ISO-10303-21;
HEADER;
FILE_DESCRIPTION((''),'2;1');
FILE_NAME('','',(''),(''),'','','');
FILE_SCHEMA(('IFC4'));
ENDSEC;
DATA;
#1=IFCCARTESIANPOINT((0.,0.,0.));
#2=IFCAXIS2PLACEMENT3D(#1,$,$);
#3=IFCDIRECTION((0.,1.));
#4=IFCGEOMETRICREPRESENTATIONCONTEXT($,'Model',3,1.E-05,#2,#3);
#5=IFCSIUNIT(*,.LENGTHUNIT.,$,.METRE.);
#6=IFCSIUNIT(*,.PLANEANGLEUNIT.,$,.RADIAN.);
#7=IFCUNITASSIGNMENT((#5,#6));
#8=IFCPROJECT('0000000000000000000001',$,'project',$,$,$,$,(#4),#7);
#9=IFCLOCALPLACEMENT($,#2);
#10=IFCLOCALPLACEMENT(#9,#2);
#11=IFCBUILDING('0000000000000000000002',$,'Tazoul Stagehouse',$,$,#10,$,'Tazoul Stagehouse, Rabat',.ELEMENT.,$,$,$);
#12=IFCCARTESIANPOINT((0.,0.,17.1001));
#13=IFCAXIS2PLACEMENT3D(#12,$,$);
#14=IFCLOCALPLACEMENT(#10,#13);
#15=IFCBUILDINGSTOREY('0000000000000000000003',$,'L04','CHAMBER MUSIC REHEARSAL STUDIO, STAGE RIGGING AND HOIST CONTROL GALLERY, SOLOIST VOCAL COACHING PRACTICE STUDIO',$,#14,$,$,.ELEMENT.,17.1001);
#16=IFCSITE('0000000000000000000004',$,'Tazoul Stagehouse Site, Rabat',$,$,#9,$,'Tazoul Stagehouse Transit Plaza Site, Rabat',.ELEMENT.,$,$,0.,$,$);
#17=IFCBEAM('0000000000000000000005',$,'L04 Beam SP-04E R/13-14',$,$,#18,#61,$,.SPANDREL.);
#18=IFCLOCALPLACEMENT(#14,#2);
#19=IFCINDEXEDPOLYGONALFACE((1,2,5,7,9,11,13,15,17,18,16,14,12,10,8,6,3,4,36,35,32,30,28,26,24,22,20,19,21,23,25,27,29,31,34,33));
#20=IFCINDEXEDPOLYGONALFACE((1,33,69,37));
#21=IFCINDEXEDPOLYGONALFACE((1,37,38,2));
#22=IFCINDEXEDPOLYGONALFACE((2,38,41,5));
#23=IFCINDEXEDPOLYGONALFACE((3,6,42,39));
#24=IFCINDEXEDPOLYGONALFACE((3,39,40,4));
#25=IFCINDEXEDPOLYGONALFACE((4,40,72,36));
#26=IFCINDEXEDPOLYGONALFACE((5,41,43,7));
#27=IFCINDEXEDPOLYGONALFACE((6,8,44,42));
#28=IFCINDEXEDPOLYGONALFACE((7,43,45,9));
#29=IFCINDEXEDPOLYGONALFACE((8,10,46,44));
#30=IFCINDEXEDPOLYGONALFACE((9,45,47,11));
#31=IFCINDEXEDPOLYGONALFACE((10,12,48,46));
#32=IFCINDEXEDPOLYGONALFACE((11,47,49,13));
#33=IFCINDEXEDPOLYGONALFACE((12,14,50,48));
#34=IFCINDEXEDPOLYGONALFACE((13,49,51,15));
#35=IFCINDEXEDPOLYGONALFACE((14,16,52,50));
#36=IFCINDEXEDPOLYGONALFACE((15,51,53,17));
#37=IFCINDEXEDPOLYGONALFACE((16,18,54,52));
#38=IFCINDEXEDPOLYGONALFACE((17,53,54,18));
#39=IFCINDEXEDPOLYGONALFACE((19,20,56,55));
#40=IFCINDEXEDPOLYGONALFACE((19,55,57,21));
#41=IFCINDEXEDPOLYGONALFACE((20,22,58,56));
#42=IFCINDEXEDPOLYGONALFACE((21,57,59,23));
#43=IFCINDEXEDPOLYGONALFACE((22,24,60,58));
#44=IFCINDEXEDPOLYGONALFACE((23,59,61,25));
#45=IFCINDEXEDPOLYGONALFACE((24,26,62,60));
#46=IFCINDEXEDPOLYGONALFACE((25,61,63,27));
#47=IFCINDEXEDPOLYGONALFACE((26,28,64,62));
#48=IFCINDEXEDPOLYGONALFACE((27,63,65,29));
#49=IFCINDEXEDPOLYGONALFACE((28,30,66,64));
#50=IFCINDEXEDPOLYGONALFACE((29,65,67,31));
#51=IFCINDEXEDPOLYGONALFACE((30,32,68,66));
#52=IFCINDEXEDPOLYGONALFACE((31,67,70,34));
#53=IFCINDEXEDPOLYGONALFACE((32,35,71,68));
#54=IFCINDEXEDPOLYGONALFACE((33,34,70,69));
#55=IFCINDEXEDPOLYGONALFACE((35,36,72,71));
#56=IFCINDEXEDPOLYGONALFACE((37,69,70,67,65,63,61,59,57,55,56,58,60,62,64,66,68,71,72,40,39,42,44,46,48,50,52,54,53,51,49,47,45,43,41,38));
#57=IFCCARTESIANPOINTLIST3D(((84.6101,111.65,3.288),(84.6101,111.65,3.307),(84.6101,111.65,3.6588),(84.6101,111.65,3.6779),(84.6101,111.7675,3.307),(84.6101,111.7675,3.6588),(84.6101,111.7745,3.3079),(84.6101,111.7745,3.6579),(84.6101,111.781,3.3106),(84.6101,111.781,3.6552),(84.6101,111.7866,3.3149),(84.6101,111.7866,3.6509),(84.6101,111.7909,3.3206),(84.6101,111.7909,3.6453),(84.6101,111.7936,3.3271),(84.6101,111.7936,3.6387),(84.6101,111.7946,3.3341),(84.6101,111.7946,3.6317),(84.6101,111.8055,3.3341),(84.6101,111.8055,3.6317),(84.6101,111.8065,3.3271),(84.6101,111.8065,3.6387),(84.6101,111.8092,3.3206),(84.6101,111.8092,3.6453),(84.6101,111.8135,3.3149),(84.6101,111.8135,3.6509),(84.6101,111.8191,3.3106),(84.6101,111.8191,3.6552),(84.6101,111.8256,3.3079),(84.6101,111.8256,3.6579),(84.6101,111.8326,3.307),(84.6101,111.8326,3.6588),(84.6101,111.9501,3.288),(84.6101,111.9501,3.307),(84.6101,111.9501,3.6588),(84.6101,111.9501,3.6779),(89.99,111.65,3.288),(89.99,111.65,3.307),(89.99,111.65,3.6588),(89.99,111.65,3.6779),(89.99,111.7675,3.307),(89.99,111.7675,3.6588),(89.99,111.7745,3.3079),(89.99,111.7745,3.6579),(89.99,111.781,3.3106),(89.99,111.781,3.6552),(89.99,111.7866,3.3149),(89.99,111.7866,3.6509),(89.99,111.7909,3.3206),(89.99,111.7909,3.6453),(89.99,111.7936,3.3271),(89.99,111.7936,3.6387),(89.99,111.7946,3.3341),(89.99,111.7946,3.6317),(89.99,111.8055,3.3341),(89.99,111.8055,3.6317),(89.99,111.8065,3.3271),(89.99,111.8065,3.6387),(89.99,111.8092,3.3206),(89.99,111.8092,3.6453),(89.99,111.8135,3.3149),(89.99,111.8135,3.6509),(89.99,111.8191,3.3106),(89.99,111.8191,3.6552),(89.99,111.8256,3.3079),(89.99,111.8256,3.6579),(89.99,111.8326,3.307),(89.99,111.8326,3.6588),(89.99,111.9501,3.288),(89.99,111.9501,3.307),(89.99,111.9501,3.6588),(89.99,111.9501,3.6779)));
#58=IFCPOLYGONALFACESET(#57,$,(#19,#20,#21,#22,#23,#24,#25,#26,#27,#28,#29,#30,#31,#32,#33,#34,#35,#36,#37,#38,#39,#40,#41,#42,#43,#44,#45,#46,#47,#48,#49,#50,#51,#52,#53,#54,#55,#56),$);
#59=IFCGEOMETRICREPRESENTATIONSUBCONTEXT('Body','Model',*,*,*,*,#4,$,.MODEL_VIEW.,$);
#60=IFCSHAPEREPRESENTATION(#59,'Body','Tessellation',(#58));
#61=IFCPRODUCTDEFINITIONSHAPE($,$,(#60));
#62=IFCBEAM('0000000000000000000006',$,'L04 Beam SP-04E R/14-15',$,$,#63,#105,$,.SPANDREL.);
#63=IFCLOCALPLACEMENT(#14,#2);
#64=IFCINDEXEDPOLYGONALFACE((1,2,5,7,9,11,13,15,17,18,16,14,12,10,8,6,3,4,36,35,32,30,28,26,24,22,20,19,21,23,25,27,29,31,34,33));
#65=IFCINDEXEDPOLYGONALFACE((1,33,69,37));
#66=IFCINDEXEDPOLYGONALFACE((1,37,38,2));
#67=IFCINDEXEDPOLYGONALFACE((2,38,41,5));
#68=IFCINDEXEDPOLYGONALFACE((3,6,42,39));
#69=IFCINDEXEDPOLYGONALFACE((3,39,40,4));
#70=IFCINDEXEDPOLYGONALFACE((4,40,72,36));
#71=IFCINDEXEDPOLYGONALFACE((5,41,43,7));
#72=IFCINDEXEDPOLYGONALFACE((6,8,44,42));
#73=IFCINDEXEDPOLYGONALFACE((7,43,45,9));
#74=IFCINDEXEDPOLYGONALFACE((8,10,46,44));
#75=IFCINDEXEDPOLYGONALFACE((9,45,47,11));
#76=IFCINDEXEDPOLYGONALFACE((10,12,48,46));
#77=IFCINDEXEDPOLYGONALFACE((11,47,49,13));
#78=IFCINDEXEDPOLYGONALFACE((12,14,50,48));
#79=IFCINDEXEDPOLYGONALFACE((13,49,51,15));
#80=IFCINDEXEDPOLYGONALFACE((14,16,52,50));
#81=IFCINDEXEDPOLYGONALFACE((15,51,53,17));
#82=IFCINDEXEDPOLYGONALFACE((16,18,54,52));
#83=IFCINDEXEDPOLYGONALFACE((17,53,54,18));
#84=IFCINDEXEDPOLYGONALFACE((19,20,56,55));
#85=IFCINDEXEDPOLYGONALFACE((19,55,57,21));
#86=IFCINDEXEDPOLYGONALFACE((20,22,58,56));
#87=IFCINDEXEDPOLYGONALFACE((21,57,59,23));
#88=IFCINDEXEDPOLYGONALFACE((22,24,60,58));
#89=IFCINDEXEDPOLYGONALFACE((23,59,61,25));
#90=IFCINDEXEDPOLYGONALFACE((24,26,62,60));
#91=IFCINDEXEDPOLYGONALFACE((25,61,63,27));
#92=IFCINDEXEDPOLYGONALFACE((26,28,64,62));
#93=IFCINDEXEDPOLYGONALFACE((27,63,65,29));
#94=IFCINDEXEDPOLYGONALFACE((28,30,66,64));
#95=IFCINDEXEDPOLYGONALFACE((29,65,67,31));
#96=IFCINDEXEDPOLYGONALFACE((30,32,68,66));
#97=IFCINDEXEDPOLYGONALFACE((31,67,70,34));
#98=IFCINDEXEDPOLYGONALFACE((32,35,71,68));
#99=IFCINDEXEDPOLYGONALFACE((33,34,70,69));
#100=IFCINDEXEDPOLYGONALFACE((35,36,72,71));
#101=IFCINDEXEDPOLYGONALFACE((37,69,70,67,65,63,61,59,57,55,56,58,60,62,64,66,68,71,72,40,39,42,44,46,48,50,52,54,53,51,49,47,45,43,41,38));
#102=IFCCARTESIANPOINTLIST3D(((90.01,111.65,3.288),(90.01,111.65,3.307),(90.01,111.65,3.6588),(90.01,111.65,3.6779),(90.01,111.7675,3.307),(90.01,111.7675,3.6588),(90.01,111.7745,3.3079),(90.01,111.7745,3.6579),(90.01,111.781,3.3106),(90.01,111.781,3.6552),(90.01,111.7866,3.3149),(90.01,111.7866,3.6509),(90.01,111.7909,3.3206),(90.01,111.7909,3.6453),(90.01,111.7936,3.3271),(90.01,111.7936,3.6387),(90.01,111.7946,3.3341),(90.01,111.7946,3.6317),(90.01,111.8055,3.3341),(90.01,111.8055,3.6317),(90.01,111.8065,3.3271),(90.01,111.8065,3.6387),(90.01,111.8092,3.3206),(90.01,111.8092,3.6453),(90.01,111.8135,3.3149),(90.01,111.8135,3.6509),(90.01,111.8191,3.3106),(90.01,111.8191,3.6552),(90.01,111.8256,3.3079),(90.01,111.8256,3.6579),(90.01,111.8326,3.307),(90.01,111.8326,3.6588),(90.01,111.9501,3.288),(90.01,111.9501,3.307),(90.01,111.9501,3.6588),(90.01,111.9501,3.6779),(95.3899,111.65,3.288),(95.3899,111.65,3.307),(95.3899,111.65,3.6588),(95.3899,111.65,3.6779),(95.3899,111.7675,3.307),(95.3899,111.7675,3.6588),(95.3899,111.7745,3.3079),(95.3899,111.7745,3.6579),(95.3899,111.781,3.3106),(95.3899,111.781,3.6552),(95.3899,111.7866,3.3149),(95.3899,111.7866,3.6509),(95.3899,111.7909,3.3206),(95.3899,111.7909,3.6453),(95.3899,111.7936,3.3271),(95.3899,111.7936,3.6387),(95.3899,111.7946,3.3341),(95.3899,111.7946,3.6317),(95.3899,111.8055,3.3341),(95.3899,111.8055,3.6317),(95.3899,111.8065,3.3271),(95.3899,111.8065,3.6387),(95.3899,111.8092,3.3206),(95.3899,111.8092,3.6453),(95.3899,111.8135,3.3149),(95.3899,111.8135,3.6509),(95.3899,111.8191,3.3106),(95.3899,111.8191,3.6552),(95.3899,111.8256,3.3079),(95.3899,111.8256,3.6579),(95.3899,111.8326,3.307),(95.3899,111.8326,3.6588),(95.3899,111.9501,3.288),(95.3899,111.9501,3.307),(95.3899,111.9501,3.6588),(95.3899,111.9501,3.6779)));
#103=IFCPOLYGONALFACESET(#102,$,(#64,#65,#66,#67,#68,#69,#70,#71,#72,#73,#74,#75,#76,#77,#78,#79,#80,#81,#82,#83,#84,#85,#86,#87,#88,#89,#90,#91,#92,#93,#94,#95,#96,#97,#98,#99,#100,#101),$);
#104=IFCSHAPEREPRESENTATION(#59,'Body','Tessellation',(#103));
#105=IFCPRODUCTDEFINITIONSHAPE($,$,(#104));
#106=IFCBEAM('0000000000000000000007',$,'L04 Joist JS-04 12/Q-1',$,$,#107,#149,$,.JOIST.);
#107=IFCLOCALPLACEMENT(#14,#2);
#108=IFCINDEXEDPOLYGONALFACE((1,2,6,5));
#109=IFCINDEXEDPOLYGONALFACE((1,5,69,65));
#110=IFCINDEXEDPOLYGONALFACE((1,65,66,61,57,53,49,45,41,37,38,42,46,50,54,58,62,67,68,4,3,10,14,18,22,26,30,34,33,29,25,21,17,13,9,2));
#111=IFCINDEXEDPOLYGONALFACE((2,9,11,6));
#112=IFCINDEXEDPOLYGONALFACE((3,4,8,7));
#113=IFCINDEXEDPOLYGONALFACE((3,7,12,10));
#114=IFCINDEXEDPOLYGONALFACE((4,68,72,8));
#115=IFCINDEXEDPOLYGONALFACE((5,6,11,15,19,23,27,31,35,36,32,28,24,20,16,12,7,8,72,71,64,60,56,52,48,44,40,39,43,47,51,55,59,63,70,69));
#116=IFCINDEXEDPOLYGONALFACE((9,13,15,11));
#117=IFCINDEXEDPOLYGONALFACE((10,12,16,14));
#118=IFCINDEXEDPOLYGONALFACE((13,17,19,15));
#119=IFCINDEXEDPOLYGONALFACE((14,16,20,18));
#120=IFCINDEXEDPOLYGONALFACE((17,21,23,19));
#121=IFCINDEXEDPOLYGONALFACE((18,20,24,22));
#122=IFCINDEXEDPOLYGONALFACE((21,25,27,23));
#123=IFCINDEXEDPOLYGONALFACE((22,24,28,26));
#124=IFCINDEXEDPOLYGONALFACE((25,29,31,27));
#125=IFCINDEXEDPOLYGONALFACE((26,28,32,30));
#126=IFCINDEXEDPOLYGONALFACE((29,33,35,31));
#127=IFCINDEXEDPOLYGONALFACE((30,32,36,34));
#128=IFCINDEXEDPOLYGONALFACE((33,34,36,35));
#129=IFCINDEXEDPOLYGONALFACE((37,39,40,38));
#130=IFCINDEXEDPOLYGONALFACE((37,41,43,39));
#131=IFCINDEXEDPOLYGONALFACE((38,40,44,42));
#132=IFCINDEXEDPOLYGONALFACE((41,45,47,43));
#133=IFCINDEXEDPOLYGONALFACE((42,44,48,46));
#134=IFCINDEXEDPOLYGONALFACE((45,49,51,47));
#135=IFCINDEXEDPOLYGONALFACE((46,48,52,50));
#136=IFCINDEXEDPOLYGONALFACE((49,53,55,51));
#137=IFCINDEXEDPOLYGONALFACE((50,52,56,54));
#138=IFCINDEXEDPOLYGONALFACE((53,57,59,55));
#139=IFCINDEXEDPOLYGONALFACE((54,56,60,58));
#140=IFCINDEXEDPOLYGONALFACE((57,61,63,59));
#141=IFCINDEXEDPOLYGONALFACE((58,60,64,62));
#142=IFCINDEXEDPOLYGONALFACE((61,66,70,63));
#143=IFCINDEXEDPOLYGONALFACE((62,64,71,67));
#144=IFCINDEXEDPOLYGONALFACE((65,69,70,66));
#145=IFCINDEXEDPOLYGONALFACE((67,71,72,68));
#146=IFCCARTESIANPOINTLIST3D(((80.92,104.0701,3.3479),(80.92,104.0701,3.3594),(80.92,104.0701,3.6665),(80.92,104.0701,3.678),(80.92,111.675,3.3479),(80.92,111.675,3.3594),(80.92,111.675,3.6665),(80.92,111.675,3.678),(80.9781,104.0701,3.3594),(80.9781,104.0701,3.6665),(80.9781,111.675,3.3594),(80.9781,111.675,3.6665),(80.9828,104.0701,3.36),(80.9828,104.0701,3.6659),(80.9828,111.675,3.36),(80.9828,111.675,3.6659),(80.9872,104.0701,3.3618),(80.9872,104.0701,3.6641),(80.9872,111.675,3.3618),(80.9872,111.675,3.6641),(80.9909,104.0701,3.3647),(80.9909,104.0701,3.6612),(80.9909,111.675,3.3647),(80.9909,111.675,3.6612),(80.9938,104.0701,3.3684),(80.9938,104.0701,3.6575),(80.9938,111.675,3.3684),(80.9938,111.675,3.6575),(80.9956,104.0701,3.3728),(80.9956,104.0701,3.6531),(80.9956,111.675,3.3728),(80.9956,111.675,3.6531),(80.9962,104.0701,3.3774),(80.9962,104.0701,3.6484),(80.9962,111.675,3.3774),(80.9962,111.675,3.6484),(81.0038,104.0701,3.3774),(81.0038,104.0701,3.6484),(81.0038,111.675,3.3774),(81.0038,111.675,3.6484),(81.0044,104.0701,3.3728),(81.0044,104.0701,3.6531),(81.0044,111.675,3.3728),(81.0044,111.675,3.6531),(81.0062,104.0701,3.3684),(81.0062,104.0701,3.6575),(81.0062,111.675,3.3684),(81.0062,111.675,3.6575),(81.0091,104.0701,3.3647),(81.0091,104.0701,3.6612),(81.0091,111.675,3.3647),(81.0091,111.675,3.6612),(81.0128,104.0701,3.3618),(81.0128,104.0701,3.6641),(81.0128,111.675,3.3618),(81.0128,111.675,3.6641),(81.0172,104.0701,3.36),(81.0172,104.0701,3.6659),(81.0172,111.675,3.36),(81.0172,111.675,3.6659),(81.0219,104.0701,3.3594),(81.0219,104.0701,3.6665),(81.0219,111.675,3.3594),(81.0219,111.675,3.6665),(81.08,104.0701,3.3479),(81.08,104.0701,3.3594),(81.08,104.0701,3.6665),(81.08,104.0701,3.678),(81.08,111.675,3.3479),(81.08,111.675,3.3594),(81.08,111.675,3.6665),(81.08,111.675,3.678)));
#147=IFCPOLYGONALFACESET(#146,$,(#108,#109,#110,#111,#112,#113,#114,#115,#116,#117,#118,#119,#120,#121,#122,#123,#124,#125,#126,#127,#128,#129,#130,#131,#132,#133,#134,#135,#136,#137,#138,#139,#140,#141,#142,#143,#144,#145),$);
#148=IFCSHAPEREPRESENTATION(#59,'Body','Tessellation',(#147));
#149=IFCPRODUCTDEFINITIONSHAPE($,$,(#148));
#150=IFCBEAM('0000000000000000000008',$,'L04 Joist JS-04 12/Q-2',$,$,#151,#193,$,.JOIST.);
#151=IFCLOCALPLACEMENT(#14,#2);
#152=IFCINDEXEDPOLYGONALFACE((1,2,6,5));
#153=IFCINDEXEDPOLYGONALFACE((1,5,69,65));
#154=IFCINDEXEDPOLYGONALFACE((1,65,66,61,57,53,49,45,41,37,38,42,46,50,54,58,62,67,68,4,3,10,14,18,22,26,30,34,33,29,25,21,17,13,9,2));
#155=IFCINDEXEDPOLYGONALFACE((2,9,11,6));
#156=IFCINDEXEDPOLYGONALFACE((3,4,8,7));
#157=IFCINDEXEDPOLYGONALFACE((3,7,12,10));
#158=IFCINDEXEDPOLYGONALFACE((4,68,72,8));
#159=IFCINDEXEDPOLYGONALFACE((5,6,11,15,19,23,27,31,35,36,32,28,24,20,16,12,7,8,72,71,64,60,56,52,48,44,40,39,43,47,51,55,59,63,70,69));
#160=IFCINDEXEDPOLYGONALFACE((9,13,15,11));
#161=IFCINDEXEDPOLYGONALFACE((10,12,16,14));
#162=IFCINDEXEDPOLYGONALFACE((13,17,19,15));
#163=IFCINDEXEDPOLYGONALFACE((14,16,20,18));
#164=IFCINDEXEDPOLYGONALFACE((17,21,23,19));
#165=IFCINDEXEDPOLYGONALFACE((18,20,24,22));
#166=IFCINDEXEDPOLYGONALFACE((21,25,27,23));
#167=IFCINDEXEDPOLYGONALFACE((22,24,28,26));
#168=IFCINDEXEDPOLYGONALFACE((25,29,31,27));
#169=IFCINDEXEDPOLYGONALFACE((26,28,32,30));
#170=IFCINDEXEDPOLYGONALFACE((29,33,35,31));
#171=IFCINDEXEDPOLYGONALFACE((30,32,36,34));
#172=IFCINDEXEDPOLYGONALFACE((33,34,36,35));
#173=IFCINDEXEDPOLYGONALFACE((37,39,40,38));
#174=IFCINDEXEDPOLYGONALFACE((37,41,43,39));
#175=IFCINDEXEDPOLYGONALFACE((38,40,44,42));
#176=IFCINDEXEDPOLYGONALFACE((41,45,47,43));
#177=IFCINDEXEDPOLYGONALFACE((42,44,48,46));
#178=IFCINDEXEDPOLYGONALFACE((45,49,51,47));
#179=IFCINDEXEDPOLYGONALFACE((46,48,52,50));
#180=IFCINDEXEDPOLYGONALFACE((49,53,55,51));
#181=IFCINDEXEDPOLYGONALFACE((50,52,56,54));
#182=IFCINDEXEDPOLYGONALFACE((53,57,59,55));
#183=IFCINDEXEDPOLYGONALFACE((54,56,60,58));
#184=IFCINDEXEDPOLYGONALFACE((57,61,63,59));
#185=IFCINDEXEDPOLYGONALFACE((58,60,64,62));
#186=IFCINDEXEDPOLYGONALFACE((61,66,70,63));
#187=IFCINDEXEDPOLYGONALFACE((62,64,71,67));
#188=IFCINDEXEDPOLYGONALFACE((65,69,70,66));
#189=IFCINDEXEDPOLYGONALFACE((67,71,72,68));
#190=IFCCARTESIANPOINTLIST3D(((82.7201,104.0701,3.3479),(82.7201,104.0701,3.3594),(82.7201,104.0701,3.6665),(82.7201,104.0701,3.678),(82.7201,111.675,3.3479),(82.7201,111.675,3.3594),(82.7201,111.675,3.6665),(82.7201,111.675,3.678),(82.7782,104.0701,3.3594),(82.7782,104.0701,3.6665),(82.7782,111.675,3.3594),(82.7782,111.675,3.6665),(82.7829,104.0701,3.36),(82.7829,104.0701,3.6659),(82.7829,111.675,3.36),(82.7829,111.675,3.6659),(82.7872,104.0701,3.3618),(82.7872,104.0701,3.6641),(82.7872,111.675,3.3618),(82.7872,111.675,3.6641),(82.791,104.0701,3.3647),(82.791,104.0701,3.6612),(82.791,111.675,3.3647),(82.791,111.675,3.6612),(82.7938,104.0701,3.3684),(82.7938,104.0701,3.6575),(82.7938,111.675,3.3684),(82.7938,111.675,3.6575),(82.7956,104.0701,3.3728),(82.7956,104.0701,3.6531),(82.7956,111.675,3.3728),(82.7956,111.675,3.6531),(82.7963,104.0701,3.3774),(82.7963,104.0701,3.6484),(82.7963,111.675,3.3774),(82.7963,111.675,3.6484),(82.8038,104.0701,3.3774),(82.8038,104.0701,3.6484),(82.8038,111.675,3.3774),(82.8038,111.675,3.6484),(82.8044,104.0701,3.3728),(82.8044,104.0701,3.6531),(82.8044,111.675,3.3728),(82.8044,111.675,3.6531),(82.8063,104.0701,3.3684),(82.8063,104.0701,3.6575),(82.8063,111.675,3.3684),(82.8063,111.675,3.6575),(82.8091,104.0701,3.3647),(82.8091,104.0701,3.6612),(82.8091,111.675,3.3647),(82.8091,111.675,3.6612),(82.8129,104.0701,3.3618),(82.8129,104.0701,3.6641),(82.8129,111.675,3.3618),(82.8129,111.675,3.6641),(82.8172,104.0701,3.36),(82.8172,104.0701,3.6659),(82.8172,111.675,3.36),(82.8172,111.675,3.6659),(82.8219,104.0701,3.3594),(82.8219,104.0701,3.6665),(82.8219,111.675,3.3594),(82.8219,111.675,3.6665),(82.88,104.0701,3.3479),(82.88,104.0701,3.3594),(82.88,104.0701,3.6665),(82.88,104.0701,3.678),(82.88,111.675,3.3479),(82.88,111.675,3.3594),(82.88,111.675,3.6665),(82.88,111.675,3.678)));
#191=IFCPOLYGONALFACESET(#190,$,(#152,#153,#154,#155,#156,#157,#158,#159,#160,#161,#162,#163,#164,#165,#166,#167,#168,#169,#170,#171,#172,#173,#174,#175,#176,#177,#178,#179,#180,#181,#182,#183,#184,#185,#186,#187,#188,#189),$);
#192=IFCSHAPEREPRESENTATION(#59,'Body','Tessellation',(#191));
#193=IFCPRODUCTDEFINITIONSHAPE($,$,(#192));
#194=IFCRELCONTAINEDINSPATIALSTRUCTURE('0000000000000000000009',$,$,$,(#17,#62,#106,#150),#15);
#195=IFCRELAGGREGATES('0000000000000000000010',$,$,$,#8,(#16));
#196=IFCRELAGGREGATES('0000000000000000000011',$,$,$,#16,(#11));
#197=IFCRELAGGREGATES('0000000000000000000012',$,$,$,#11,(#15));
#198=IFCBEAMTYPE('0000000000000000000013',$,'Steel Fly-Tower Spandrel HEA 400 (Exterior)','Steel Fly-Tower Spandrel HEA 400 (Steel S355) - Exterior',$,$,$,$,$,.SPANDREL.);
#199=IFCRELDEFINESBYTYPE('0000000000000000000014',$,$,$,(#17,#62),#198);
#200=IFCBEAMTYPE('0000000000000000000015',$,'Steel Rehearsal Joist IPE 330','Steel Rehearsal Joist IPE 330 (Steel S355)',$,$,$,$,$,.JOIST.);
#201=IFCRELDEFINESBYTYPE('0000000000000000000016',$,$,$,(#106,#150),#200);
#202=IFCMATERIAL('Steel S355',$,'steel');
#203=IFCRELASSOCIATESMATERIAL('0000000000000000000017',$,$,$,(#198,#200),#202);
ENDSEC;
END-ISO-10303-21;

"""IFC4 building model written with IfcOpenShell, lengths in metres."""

from ifc_helpers import new_model, si_unit, direction, frame, origin, origin_2d, place, context, subcontext, project, spatial, i_section, extrude, material, material_profile, profile_set, type_object, element, save


model = new_model("IFC4")

# Units and contexts
model_context = context("Model", 3, precision=1e-05, world=origin(), true_north=direction((0.0, 1.0)))
body_context = subcontext(model_context, "Body", "Model", "MODEL_VIEW")
ifc_project = project(units=[si_unit("LENGTHUNIT", "METRE"), si_unit("PLANEANGLEUNIT", "RADIAN")], contexts=[model_context])

# Site, building, storey
site_placement = place(None, origin())
site = spatial("IfcSite", under=ifc_project, at=site_placement, Name="Tazoul Stagehouse Site, Rabat", LongName="Tazoul Stagehouse Transit Plaza Site, Rabat", CompositionType="ELEMENT", RefElevation=0.0)
building_placement = place(site_placement, origin())
building = spatial("IfcBuilding", under=site, at=building_placement, Name="Tazoul Stagehouse", LongName="Tazoul Stagehouse, Rabat", CompositionType="ELEMENT")
storey_placement = place(building_placement, frame((0.0, 0.0, 17.1001)))
storey = spatial("IfcBuildingStorey", under=building, at=storey_placement, Name="L04", Description="CHAMBER MUSIC REHEARSAL STUDIO, STAGE RIGGING AND HOIST CONTROL GALLERY, SOLOIST VOCAL COACHING PRACTICE STUDIO", CompositionType="ELEMENT", Elevation=17.1001)

# Shared definitions
ifc_material_1 = material(Name="Steel S355", Category="steel")

# Beams
ifc_material_profile_1 = material_profile(ifc_material_1, i_section(OverallWidth=0.3, OverallDepth=0.3899, WebThickness=0.011, FlangeThickness=0.019, FilletRadius=0.0271, at=origin_2d()), Name="HEA 400")
ifc_profile_set_1 = profile_set([ifc_material_profile_1], Name="Steel S355")
beam_type_1 = type_object("IfcBeamType", Name="Steel Fly-Tower Spandrel HEA 400 (Exterior)", Description="Steel Fly-Tower Spandrel HEA 400 (Steel S355) - Exterior", PredefinedType="SPANDREL", material=ifc_profile_set_1)
for number, where, z_axis, x_axis, name in (
    (1, (84.6101, 111.8, 3.4829), (1.0, 0.0, 0.0), (0.0, 1.0, 0.0), "L04 Beam SP-04E R/13-14"),
    (2, (90.01, 111.8, 3.4829), (1.0, 0.0, 0.0), (0.0, 1.0, 0.0), "L04 Beam SP-04E R/14-15"),
):
    element("IfcBeam", number, at=place(storey_placement, frame(where, z_axis=z_axis, x_axis=x_axis)), inside=storey, type_object=beam_type_1, Name=name, PredefinedType="SPANDREL", context=body_context, shape_type="SweptSolid", body=[
        extrude(i_section(OverallWidth=0.3, OverallDepth=0.3899, WebThickness=0.011, FlangeThickness=0.019, FilletRadius=0.0271, at=origin_2d()), origin(), (0.0, 0.0, 1.0), 5.3799),
    ])
ifc_material_profile_2 = material_profile(ifc_material_1, i_section(OverallWidth=0.1599, OverallDepth=0.3301, WebThickness=0.0076, FlangeThickness=0.0115, FilletRadius=0.0181, at=origin_2d()), Name="IPE 330")
ifc_profile_set_2 = profile_set([ifc_material_profile_2], Name="Steel S355")
beam_type_2 = type_object("IfcBeamType", Name="Steel Rehearsal Joist IPE 330", Description="Steel Rehearsal Joist IPE 330 (Steel S355)", PredefinedType="JOIST", material=ifc_profile_set_2)
for number, where, z_axis, x_axis, name in (
    (3, (81.0, 104.0701, 3.5129), (0.0, 1.0, 0.0), (-1.0, 0.0, 0.0), "L04 Joist JS-04 12/Q-1"),
    (4, (82.8, 104.0701, 3.5129), (0.0, 1.0, 0.0), (-1.0, 0.0, 0.0), "L04 Joist JS-04 12/Q-2"),
):
    element("IfcBeam", number, at=place(storey_placement, frame(where, z_axis=z_axis, x_axis=x_axis)), inside=storey, type_object=beam_type_2, Name=name, PredefinedType="JOIST", context=body_context, shape_type="SweptSolid", body=[
        extrude(i_section(OverallWidth=0.1599, OverallDepth=0.3301, WebThickness=0.0076, FlangeThickness=0.0115, FilletRadius=0.0181, at=origin_2d()), origin(), (0.0, 0.0, 1.0), 7.605),
    ])

save(model, "model.ifc")
